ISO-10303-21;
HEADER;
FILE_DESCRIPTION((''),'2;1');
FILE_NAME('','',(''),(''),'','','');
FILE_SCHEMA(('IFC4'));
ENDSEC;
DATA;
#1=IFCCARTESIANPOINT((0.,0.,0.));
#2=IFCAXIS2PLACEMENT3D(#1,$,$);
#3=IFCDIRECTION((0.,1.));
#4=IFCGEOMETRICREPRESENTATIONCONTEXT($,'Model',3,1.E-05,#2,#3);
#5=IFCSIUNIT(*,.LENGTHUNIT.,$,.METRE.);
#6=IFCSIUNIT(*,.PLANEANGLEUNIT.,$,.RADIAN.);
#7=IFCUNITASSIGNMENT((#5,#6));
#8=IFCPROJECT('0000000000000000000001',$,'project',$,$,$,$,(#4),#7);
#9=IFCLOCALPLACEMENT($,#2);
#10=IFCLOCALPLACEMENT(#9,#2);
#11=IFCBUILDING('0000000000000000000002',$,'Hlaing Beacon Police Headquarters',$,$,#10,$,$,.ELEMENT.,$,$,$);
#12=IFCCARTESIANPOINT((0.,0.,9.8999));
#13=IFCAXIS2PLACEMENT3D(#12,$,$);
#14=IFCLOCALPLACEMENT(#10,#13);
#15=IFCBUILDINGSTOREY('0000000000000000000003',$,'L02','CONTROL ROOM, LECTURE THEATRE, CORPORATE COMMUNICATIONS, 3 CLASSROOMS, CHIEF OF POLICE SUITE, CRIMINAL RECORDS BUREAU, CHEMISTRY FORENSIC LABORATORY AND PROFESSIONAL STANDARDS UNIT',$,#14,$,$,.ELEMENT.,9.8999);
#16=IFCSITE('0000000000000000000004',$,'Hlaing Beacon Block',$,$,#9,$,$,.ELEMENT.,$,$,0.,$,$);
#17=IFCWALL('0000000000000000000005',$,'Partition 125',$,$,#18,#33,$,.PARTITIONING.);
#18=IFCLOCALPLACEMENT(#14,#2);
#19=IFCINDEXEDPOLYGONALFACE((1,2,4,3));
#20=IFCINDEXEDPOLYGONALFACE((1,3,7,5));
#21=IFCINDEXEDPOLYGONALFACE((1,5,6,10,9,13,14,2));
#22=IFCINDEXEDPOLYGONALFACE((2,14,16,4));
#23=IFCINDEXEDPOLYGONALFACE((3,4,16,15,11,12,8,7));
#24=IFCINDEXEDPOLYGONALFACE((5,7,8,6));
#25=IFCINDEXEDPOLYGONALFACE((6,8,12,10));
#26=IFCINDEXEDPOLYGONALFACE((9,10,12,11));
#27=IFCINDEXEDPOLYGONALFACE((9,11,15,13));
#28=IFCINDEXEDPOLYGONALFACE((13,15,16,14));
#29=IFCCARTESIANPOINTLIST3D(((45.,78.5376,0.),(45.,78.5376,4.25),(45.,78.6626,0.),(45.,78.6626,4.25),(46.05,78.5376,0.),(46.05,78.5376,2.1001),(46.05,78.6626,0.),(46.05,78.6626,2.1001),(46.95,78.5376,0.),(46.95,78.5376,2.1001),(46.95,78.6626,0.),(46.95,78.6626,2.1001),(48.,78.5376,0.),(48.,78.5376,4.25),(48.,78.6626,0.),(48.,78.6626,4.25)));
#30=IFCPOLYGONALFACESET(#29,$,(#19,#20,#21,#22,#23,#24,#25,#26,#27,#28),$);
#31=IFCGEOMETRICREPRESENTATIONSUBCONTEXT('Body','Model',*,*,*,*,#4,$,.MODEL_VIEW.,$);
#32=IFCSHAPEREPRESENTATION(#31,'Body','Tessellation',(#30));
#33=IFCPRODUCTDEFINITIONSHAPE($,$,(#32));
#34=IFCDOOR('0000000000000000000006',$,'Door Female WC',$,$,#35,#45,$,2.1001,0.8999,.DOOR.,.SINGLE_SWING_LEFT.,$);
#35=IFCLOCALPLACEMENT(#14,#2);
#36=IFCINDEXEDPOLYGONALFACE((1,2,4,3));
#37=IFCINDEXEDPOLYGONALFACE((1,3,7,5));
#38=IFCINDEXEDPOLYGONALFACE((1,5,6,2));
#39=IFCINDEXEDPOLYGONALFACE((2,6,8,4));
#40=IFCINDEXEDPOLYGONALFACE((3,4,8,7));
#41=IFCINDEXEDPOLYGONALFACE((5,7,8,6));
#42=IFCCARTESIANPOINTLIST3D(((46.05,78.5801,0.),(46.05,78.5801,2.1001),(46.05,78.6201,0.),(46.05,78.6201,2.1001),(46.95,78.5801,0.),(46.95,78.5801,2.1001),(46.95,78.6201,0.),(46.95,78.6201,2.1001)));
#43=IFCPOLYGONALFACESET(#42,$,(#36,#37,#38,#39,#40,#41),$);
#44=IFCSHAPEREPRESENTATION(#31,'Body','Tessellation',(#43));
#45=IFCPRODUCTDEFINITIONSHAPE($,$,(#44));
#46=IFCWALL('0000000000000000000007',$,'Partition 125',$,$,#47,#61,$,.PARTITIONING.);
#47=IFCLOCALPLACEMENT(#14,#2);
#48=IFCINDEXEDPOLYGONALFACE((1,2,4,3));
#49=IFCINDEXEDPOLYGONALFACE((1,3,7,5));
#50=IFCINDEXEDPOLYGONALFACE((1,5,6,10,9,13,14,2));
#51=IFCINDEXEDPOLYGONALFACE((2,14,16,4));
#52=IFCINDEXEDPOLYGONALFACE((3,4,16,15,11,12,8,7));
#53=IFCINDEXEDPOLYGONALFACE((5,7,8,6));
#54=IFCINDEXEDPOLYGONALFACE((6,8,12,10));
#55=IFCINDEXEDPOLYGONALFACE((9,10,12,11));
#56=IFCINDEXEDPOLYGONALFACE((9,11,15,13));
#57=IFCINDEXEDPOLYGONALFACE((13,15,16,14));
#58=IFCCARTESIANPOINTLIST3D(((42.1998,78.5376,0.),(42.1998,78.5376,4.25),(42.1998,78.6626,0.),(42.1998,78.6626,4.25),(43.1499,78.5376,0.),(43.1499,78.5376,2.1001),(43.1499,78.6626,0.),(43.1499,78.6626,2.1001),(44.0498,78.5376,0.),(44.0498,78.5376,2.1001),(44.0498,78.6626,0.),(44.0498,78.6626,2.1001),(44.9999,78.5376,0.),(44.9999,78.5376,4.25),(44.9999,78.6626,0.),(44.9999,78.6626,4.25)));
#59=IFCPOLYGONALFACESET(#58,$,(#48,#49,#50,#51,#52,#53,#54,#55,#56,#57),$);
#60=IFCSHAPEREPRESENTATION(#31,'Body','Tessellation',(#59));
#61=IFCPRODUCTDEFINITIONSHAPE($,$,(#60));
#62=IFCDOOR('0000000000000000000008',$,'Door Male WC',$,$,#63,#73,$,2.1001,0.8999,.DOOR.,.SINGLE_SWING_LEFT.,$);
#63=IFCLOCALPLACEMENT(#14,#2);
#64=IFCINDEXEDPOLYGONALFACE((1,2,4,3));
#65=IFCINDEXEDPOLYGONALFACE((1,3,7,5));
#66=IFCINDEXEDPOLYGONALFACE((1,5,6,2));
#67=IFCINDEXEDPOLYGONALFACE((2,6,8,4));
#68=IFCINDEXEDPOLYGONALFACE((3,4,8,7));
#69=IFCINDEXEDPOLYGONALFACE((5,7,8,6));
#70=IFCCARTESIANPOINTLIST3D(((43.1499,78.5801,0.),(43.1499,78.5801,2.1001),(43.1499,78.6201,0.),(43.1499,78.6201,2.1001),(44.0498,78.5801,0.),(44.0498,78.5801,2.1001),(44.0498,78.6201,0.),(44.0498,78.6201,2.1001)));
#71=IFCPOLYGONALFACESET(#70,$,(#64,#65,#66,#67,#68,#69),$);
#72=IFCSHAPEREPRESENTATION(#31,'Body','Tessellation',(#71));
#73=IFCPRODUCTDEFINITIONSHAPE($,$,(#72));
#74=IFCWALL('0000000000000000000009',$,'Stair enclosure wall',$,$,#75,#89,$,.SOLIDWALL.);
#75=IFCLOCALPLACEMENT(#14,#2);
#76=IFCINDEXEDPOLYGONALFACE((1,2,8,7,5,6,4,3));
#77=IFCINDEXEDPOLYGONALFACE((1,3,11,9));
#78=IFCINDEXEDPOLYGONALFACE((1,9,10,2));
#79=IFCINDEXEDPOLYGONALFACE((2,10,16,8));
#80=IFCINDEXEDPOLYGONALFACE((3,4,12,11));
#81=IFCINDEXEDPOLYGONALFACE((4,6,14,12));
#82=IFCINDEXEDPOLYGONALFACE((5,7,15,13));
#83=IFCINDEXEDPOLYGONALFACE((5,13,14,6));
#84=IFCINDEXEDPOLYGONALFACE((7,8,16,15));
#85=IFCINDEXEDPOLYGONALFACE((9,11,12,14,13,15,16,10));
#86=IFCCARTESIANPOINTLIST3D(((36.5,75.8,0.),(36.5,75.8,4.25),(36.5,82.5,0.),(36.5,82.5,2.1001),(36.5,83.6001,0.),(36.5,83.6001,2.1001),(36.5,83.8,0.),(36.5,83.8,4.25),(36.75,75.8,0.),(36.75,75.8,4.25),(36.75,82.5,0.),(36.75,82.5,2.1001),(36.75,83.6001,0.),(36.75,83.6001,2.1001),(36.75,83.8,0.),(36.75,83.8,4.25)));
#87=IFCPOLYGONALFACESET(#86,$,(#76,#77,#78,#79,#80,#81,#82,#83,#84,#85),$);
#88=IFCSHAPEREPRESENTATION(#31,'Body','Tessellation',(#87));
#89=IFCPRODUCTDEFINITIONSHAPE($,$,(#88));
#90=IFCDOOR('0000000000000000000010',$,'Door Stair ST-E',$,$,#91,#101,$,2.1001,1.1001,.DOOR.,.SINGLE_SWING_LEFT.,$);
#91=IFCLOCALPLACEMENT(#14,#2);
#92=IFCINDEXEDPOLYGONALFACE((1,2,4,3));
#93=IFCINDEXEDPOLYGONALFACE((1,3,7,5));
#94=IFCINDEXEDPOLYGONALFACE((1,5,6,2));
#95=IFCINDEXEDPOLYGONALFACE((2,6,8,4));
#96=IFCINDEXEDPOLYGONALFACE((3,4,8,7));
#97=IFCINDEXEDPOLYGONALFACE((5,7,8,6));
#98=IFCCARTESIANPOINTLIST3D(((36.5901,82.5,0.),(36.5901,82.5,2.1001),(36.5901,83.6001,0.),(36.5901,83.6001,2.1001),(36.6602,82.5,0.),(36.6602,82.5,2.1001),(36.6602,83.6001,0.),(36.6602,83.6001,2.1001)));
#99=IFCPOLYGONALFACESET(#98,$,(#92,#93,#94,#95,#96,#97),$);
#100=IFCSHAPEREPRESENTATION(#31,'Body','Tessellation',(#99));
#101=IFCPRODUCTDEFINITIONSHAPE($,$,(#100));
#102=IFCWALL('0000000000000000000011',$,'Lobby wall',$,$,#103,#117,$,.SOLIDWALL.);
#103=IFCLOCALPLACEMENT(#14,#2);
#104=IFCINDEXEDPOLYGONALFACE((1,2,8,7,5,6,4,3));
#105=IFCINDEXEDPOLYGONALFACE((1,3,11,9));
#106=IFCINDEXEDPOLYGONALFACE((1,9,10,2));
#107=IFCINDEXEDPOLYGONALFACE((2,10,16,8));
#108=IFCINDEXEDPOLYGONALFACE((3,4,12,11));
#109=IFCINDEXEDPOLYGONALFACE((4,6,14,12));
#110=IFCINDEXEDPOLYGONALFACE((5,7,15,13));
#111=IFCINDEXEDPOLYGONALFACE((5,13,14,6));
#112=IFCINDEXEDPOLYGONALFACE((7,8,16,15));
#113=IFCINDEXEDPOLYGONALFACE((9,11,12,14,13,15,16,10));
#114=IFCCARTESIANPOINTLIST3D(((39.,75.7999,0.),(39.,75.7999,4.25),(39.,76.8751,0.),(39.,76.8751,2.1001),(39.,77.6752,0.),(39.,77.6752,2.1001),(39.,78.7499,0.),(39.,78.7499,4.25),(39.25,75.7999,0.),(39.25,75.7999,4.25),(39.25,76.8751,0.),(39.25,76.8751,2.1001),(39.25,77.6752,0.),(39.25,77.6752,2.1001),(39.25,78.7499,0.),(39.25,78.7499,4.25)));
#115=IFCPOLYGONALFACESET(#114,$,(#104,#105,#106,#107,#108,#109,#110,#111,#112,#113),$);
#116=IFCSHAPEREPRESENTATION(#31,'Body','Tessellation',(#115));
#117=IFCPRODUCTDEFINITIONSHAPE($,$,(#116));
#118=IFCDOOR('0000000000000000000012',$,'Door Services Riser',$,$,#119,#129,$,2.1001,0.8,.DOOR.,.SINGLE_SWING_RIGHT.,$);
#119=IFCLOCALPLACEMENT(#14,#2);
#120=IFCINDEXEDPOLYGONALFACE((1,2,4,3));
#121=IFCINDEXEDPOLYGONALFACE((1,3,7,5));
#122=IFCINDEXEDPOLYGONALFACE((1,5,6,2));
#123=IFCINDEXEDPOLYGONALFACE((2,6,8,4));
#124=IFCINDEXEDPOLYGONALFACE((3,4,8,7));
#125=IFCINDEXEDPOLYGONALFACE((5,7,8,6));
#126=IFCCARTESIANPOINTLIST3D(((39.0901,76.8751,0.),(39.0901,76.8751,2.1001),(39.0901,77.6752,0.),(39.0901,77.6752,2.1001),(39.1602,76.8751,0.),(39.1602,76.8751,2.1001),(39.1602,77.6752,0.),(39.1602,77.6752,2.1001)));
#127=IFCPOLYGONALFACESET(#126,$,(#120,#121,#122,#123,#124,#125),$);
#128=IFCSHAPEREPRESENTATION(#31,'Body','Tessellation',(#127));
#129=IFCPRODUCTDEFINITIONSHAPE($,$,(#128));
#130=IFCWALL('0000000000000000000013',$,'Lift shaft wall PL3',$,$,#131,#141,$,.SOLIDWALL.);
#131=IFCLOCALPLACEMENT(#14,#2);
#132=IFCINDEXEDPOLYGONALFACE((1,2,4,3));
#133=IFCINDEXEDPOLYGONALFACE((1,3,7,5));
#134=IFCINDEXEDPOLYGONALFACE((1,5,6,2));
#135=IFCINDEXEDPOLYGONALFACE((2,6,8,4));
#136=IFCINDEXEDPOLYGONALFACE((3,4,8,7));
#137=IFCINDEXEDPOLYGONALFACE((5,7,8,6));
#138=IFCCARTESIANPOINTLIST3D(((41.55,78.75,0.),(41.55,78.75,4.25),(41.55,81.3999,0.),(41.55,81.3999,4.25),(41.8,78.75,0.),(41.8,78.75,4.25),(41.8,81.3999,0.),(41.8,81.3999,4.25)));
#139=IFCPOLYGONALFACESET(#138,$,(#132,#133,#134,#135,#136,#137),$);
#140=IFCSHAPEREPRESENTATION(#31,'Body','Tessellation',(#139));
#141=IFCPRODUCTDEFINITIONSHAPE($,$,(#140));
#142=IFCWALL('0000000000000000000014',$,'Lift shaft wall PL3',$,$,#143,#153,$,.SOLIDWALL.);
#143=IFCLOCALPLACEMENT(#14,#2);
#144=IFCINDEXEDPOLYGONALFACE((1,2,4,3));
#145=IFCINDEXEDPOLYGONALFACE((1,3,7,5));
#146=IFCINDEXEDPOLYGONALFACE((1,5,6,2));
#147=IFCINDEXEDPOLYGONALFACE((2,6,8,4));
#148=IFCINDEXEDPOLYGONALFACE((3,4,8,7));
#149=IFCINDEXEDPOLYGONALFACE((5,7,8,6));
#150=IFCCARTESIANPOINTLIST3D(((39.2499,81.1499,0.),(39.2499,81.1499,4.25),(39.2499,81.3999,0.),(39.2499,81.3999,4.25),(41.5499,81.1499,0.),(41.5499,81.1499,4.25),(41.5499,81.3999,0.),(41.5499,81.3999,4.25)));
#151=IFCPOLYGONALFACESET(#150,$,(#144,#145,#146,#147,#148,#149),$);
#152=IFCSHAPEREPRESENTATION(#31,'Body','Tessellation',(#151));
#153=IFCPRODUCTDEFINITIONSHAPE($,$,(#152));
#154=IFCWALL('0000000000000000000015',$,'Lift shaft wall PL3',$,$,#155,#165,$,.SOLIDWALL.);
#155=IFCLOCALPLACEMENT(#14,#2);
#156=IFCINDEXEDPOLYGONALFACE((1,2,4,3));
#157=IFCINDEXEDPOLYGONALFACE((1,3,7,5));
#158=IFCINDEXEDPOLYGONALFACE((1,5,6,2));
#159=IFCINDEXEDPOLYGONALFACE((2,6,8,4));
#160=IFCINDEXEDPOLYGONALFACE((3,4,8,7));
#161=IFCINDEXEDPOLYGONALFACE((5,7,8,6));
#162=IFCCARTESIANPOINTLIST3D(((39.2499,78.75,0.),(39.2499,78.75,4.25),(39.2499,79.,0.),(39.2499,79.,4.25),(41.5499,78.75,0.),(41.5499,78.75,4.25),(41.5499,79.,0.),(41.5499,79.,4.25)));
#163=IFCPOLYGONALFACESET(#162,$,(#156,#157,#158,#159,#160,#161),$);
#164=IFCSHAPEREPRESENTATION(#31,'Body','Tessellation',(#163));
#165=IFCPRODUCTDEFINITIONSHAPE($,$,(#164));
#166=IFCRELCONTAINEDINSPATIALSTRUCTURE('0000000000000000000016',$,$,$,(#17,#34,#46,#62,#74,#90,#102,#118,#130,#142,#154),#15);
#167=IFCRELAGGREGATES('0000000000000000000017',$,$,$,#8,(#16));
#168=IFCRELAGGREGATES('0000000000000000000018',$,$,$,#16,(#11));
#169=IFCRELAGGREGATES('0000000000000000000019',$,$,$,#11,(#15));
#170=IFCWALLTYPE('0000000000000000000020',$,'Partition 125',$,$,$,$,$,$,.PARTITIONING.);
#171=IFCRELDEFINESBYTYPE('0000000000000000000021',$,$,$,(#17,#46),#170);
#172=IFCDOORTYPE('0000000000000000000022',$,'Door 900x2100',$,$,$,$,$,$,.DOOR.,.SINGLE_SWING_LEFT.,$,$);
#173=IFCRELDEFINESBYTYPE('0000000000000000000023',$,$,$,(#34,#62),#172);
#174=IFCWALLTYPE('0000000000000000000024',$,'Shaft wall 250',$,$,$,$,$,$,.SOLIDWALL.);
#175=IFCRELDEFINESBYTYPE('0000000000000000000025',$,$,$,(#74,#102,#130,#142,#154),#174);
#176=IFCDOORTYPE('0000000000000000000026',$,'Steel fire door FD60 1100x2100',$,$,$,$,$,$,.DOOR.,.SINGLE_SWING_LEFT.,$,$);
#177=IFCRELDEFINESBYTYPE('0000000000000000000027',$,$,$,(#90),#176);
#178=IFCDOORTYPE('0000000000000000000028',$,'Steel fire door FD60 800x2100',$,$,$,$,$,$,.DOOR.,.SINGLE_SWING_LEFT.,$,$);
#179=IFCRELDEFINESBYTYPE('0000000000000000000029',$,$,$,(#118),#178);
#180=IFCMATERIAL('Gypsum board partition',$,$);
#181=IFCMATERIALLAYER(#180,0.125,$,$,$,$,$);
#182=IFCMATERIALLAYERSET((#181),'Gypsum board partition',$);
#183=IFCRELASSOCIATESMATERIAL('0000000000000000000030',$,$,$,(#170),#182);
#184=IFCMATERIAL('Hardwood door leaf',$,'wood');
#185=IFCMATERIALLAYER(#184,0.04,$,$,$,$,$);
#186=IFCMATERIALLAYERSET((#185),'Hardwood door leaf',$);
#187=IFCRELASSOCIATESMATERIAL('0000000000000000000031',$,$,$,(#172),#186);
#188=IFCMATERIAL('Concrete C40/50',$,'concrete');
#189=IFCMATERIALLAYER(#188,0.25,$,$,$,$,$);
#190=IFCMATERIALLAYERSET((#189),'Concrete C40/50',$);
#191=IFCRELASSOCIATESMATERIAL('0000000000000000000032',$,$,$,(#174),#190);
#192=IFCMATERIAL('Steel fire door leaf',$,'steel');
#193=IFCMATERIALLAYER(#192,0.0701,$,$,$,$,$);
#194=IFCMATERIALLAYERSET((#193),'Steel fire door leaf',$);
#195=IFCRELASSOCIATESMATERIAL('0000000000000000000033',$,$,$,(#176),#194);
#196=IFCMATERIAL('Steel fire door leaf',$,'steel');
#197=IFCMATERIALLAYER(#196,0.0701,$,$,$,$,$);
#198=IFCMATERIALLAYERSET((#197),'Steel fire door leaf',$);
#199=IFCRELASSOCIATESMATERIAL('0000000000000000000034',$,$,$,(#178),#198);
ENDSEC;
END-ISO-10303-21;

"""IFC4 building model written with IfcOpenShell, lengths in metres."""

from ifc_helpers import new_model, si_unit, direction, frame, frame_2d, origin, place, context, subcontext, project, spatial, rectangle, extrude, material, layer, layer_set, type_object, element, fill, save


model = new_model("IFC4")

# Units and contexts
model_context = context("Model", 3, precision=1e-05, world=origin(), true_north=direction((0.0, 1.0)))
body_context = subcontext(model_context, "Body", "Model", "MODEL_VIEW")
ifc_project = project(units=[si_unit("LENGTHUNIT", "METRE"), si_unit("PLANEANGLEUNIT", "RADIAN")], contexts=[model_context])

# Site, building, storey
site_placement = place(None, origin())
site = spatial("IfcSite", under=ifc_project, at=site_placement, Name="Hlaing Beacon Block", CompositionType="ELEMENT", RefElevation=0.0)
building_placement = place(site_placement, origin())
building = spatial("IfcBuilding", under=site, at=building_placement, Name="Hlaing Beacon Police Headquarters", CompositionType="ELEMENT")
storey_placement = place(building_placement, frame((0.0, 0.0, 9.8999)))
storey = spatial("IfcBuildingStorey", under=building, at=storey_placement, Name="L02", Description="CONTROL ROOM, LECTURE THEATRE, CORPORATE COMMUNICATIONS, 3 CLASSROOMS, CHIEF OF POLICE SUITE, CRIMINAL RECORDS BUREAU, CHEMISTRY FORENSIC LABORATORY AND PROFESSIONAL STANDARDS UNIT", CompositionType="ELEMENT", Elevation=9.8999)

# Walls, openings, doors
ifc_material_1 = material(Name="Gypsum board partition")
ifc_layer_1 = layer(ifc_material_1, 0.125)
ifc_layer_set_1 = layer_set([ifc_layer_1], Name="Gypsum board partition")
wall_type_1 = type_object("IfcWallType", Name="Partition 125", PredefinedType="PARTITIONING", material=ifc_layer_set_1)
wall_1_placement = place(storey_placement, frame((45.0, 78.6001, 0.0), z_axis=(0.0, 0.0, 1.0), x_axis=(1.0, 0.0, 0.0)))
wall_1 = element("IfcWall", 1, at=wall_1_placement, inside=storey, type_object=wall_type_1, Name="Partition 125", PredefinedType="PARTITIONING", context=body_context, shape_type="SweptSolid", body=[
    extrude(rectangle(XDim=3.0, YDim=0.125, at=frame_2d((1.5, 0.0))), origin(), (0.0, 0.0, 1.0), 4.25),
])
opening_1_placement = place(wall_1_placement, frame((1.05, 0.0, 0.0)))
opening_1 = element("IfcOpeningElement", 2, at=opening_1_placement, cuts=wall_1, PredefinedType="OPENING", context=body_context, shape_type="SweptSolid", body=[
    extrude(rectangle(XDim=0.8999, YDim=2.1001, at=frame_2d((0.45, 1.05))), frame((0.0, 0.0725, 0.0), z_axis=(0.0, -1.0, 0.0), x_axis=(1.0, 0.0, 0.0)), (0.0, 0.0, 1.0), 0.145),
])
ifc_material_2 = material(Name="Hardwood door leaf", Category="wood")
ifc_layer_2 = layer(ifc_material_2, 0.04)
ifc_layer_set_2 = layer_set([ifc_layer_2], Name="Hardwood door leaf")
door_type_1 = type_object("IfcDoorType", Name="Door 900x2100", OperationType="SINGLE_SWING_LEFT", PredefinedType="DOOR", material=ifc_layer_set_2)
door_1_placement = place(opening_1_placement, frame((0.8999, 0.0, 0.0), z_axis=(0.0, 0.0, 1.0), x_axis=(-1.0, 0.0, 0.0)))
door_1 = element("IfcDoor", 3, at=door_1_placement, inside=storey, type_object=door_type_1, Name="Door Female WC", OperationType="SINGLE_SWING_LEFT", OverallHeight=2.1001, OverallWidth=0.8999, PredefinedType="DOOR", context=body_context, shape_type="SweptSolid", body=[
    extrude(rectangle(XDim=0.8999, YDim=2.1001, at=frame_2d((0.45, 1.05))), frame((0.0, 0.02, 0.0), z_axis=(0.0, -1.0, 0.0), x_axis=(1.0, 0.0, 0.0)), (0.0, 0.0, 1.0), 0.04),
])
fill(opening_1, door_1)
wall_2_placement = place(storey_placement, frame((42.2, 78.6001, 0.0), z_axis=(0.0, 0.0, 1.0), x_axis=(1.0, 0.0, 0.0)))
wall_2 = element("IfcWall", 4, at=wall_2_placement, inside=storey, type_object=wall_type_1, Name="Partition 125", PredefinedType="PARTITIONING", context=body_context, shape_type="SweptSolid", body=[
    extrude(rectangle(XDim=2.8, YDim=0.125, at=frame_2d((1.3999, 0.0))), origin(), (0.0, 0.0, 1.0), 4.25),
])
opening_2_placement = place(wall_2_placement, frame((0.95, 0.0, 0.0)))
opening_2 = element("IfcOpeningElement", 5, at=opening_2_placement, cuts=wall_2, PredefinedType="OPENING", context=body_context, shape_type="SweptSolid", body=[
    extrude(rectangle(XDim=0.8999, YDim=2.1001, at=frame_2d((0.45, 1.05))), frame((0.0, 0.0725, 0.0), z_axis=(0.0, -1.0, 0.0), x_axis=(1.0, 0.0, 0.0)), (0.0, 0.0, 1.0), 0.145),
])
door_2_placement = place(opening_2_placement, frame((0.8999, 0.0, 0.0), z_axis=(0.0, 0.0, 1.0), x_axis=(-1.0, 0.0, 0.0)))
door_2 = element("IfcDoor", 6, at=door_2_placement, inside=storey, type_object=door_type_1, Name="Door Male WC", OperationType="SINGLE_SWING_LEFT", OverallHeight=2.1001, OverallWidth=0.8999, PredefinedType="DOOR", context=body_context, shape_type="SweptSolid", body=[
    extrude(rectangle(XDim=0.8999, YDim=2.1001, at=frame_2d((0.45, 1.05))), frame((0.0, 0.02, 0.0), z_axis=(0.0, -1.0, 0.0), x_axis=(1.0, 0.0, 0.0)), (0.0, 0.0, 1.0), 0.04),
])
fill(opening_2, door_2)
ifc_material_3 = material(Name="Concrete C40/50", Category="concrete")
ifc_layer_3 = layer(ifc_material_3, 0.25)
ifc_layer_set_3 = layer_set([ifc_layer_3], Name="Concrete C40/50")
wall_type_2 = type_object("IfcWallType", Name="Shaft wall 250", PredefinedType="SOLIDWALL", material=ifc_layer_set_3)
wall_3_placement = place(storey_placement, frame((36.625, 83.8, 0.0), z_axis=(0.0, 0.0, 1.0), x_axis=(0.0, -1.0, 0.0)))
wall_3 = element("IfcWall", 7, at=wall_3_placement, inside=storey, type_object=wall_type_2, Name="Stair enclosure wall", PredefinedType="SOLIDWALL", context=body_context, shape_type="SweptSolid", body=[
    extrude(rectangle(XDim=8.0, YDim=0.25, at=frame_2d((4.0, 0.0))), origin(), (0.0, 0.0, 1.0), 4.25),
])
opening_3_placement = place(wall_3_placement, frame((0.2, 0.0, 0.0)))
opening_3 = element("IfcOpeningElement", 8, at=opening_3_placement, cuts=wall_3, PredefinedType="OPENING", context=body_context, shape_type="SweptSolid", body=[
    extrude(rectangle(XDim=1.1001, YDim=2.1001, at=frame_2d((0.55, 1.05))), frame((0.0, 0.135, 0.0), z_axis=(0.0, -1.0, 0.0), x_axis=(1.0, 0.0, 0.0)), (0.0, 0.0, 1.0), 0.27),
])
ifc_material_4 = material(Name="Steel fire door leaf", Category="steel")
ifc_layer_4 = layer(ifc_material_4, 0.0701)
ifc_layer_set_4 = layer_set([ifc_layer_4], Name="Steel fire door leaf")
door_type_2 = type_object("IfcDoorType", Name="Steel fire door FD60 1100x2100", OperationType="SINGLE_SWING_LEFT", PredefinedType="DOOR", material=ifc_layer_set_4)
door_3_placement = place(opening_3_placement, frame((1.1001, 0.0, 0.0), z_axis=(0.0, 0.0, 1.0), x_axis=(-1.0, 0.0, 0.0)))
door_3 = element("IfcDoor", 9, at=door_3_placement, inside=storey, type_object=door_type_2, Name="Door Stair ST-E", OperationType="SINGLE_SWING_LEFT", OverallHeight=2.1001, OverallWidth=1.1001, PredefinedType="DOOR", context=body_context, shape_type="SweptSolid", body=[
    extrude(rectangle(XDim=1.1001, YDim=2.1001, at=frame_2d((0.55, 1.05))), frame((0.0, 0.0349, 0.0), z_axis=(0.0, -1.0, 0.0), x_axis=(1.0, 0.0, 0.0)), (0.0, 0.0, 1.0), 0.0701),
])
fill(opening_3, door_3)
wall_4_placement = place(storey_placement, frame((39.125, 78.75, 0.0), z_axis=(0.0, 0.0, 1.0), x_axis=(0.0, -1.0, 0.0)))
wall_4 = element("IfcWall", 10, at=wall_4_placement, inside=storey, type_object=wall_type_2, Name="Lobby wall", PredefinedType="SOLIDWALL", context=body_context, shape_type="SweptSolid", body=[
    extrude(rectangle(XDim=2.95, YDim=0.25, at=frame_2d((1.4751, 0.0))), origin(), (0.0, 0.0, 1.0), 4.25),
])
opening_4_placement = place(wall_4_placement, frame((1.075, 0.0, 0.0)))
opening_4 = element("IfcOpeningElement", 11, at=opening_4_placement, cuts=wall_4, PredefinedType="OPENING", context=body_context, shape_type="SweptSolid", body=[
    extrude(rectangle(XDim=0.8, YDim=2.1001, at=frame_2d((0.3999, 1.05))), frame((0.0, 0.135, 0.0), z_axis=(0.0, -1.0, 0.0), x_axis=(1.0, 0.0, 0.0)), (0.0, 0.0, 1.0), 0.27),
])
ifc_material_5 = material(Name="Steel fire door leaf", Category="steel")
ifc_layer_5 = layer(ifc_material_5, 0.0701)
ifc_layer_set_5 = layer_set([ifc_layer_5], Name="Steel fire door leaf")
door_type_3 = type_object("IfcDoorType", Name="Steel fire door FD60 800x2100", OperationType="SINGLE_SWING_LEFT", PredefinedType="DOOR", material=ifc_layer_set_5)
door_4_placement = place(opening_4_placement, origin())
door_4 = element("IfcDoor", 12, at=door_4_placement, inside=storey, type_object=door_type_3, Name="Door Services Riser", OperationType="SINGLE_SWING_RIGHT", OverallHeight=2.1001, OverallWidth=0.8, PredefinedType="DOOR", context=body_context, shape_type="SweptSolid", body=[
    extrude(rectangle(XDim=0.8, YDim=2.1001, at=frame_2d((0.3999, 1.05))), frame((0.0, 0.0352, 0.0), z_axis=(0.0, -1.0, 0.0), x_axis=(1.0, 0.0, 0.0)), (0.0, 0.0, 1.0), 0.0701),
])
fill(opening_4, door_4)

# Walls
wall_5_placement = place(storey_placement, frame((41.675, 78.75, 0.0), z_axis=(0.0, 0.0, 1.0), x_axis=(0.0, 1.0, 0.0)))
element("IfcWall", 13, at=wall_5_placement, inside=storey, type_object=wall_type_2, Name="Lift shaft wall PL3", PredefinedType="SOLIDWALL", context=body_context, shape_type="SweptSolid", body=[
    extrude(rectangle(XDim=2.6499, YDim=0.25, at=frame_2d((1.325, 0.0))), origin(), (0.0, 0.0, 1.0), 4.25),
])
for number, where, z_axis, x_axis, name in (
    (14, (39.25, 81.2749, 0.0), (0.0, 0.0, 1.0), (1.0, 0.0, 0.0), "Lift shaft wall PL3"),
    (15, (39.25, 78.875, 0.0), (0.0, 0.0, 1.0), (1.0, 0.0, 0.0), "Lift shaft wall PL3"),
):
    element("IfcWall", number, at=place(storey_placement, frame(where, z_axis=z_axis, x_axis=x_axis)), inside=storey, type_object=wall_type_2, Name=name, PredefinedType="SOLIDWALL", context=body_context, shape_type="SweptSolid", body=[
        extrude(rectangle(XDim=2.3, YDim=0.25, at=frame_2d((1.1499, 0.0))), origin(), (0.0, 0.0, 1.0), 4.25),
    ])

save(model, "model.ifc")
